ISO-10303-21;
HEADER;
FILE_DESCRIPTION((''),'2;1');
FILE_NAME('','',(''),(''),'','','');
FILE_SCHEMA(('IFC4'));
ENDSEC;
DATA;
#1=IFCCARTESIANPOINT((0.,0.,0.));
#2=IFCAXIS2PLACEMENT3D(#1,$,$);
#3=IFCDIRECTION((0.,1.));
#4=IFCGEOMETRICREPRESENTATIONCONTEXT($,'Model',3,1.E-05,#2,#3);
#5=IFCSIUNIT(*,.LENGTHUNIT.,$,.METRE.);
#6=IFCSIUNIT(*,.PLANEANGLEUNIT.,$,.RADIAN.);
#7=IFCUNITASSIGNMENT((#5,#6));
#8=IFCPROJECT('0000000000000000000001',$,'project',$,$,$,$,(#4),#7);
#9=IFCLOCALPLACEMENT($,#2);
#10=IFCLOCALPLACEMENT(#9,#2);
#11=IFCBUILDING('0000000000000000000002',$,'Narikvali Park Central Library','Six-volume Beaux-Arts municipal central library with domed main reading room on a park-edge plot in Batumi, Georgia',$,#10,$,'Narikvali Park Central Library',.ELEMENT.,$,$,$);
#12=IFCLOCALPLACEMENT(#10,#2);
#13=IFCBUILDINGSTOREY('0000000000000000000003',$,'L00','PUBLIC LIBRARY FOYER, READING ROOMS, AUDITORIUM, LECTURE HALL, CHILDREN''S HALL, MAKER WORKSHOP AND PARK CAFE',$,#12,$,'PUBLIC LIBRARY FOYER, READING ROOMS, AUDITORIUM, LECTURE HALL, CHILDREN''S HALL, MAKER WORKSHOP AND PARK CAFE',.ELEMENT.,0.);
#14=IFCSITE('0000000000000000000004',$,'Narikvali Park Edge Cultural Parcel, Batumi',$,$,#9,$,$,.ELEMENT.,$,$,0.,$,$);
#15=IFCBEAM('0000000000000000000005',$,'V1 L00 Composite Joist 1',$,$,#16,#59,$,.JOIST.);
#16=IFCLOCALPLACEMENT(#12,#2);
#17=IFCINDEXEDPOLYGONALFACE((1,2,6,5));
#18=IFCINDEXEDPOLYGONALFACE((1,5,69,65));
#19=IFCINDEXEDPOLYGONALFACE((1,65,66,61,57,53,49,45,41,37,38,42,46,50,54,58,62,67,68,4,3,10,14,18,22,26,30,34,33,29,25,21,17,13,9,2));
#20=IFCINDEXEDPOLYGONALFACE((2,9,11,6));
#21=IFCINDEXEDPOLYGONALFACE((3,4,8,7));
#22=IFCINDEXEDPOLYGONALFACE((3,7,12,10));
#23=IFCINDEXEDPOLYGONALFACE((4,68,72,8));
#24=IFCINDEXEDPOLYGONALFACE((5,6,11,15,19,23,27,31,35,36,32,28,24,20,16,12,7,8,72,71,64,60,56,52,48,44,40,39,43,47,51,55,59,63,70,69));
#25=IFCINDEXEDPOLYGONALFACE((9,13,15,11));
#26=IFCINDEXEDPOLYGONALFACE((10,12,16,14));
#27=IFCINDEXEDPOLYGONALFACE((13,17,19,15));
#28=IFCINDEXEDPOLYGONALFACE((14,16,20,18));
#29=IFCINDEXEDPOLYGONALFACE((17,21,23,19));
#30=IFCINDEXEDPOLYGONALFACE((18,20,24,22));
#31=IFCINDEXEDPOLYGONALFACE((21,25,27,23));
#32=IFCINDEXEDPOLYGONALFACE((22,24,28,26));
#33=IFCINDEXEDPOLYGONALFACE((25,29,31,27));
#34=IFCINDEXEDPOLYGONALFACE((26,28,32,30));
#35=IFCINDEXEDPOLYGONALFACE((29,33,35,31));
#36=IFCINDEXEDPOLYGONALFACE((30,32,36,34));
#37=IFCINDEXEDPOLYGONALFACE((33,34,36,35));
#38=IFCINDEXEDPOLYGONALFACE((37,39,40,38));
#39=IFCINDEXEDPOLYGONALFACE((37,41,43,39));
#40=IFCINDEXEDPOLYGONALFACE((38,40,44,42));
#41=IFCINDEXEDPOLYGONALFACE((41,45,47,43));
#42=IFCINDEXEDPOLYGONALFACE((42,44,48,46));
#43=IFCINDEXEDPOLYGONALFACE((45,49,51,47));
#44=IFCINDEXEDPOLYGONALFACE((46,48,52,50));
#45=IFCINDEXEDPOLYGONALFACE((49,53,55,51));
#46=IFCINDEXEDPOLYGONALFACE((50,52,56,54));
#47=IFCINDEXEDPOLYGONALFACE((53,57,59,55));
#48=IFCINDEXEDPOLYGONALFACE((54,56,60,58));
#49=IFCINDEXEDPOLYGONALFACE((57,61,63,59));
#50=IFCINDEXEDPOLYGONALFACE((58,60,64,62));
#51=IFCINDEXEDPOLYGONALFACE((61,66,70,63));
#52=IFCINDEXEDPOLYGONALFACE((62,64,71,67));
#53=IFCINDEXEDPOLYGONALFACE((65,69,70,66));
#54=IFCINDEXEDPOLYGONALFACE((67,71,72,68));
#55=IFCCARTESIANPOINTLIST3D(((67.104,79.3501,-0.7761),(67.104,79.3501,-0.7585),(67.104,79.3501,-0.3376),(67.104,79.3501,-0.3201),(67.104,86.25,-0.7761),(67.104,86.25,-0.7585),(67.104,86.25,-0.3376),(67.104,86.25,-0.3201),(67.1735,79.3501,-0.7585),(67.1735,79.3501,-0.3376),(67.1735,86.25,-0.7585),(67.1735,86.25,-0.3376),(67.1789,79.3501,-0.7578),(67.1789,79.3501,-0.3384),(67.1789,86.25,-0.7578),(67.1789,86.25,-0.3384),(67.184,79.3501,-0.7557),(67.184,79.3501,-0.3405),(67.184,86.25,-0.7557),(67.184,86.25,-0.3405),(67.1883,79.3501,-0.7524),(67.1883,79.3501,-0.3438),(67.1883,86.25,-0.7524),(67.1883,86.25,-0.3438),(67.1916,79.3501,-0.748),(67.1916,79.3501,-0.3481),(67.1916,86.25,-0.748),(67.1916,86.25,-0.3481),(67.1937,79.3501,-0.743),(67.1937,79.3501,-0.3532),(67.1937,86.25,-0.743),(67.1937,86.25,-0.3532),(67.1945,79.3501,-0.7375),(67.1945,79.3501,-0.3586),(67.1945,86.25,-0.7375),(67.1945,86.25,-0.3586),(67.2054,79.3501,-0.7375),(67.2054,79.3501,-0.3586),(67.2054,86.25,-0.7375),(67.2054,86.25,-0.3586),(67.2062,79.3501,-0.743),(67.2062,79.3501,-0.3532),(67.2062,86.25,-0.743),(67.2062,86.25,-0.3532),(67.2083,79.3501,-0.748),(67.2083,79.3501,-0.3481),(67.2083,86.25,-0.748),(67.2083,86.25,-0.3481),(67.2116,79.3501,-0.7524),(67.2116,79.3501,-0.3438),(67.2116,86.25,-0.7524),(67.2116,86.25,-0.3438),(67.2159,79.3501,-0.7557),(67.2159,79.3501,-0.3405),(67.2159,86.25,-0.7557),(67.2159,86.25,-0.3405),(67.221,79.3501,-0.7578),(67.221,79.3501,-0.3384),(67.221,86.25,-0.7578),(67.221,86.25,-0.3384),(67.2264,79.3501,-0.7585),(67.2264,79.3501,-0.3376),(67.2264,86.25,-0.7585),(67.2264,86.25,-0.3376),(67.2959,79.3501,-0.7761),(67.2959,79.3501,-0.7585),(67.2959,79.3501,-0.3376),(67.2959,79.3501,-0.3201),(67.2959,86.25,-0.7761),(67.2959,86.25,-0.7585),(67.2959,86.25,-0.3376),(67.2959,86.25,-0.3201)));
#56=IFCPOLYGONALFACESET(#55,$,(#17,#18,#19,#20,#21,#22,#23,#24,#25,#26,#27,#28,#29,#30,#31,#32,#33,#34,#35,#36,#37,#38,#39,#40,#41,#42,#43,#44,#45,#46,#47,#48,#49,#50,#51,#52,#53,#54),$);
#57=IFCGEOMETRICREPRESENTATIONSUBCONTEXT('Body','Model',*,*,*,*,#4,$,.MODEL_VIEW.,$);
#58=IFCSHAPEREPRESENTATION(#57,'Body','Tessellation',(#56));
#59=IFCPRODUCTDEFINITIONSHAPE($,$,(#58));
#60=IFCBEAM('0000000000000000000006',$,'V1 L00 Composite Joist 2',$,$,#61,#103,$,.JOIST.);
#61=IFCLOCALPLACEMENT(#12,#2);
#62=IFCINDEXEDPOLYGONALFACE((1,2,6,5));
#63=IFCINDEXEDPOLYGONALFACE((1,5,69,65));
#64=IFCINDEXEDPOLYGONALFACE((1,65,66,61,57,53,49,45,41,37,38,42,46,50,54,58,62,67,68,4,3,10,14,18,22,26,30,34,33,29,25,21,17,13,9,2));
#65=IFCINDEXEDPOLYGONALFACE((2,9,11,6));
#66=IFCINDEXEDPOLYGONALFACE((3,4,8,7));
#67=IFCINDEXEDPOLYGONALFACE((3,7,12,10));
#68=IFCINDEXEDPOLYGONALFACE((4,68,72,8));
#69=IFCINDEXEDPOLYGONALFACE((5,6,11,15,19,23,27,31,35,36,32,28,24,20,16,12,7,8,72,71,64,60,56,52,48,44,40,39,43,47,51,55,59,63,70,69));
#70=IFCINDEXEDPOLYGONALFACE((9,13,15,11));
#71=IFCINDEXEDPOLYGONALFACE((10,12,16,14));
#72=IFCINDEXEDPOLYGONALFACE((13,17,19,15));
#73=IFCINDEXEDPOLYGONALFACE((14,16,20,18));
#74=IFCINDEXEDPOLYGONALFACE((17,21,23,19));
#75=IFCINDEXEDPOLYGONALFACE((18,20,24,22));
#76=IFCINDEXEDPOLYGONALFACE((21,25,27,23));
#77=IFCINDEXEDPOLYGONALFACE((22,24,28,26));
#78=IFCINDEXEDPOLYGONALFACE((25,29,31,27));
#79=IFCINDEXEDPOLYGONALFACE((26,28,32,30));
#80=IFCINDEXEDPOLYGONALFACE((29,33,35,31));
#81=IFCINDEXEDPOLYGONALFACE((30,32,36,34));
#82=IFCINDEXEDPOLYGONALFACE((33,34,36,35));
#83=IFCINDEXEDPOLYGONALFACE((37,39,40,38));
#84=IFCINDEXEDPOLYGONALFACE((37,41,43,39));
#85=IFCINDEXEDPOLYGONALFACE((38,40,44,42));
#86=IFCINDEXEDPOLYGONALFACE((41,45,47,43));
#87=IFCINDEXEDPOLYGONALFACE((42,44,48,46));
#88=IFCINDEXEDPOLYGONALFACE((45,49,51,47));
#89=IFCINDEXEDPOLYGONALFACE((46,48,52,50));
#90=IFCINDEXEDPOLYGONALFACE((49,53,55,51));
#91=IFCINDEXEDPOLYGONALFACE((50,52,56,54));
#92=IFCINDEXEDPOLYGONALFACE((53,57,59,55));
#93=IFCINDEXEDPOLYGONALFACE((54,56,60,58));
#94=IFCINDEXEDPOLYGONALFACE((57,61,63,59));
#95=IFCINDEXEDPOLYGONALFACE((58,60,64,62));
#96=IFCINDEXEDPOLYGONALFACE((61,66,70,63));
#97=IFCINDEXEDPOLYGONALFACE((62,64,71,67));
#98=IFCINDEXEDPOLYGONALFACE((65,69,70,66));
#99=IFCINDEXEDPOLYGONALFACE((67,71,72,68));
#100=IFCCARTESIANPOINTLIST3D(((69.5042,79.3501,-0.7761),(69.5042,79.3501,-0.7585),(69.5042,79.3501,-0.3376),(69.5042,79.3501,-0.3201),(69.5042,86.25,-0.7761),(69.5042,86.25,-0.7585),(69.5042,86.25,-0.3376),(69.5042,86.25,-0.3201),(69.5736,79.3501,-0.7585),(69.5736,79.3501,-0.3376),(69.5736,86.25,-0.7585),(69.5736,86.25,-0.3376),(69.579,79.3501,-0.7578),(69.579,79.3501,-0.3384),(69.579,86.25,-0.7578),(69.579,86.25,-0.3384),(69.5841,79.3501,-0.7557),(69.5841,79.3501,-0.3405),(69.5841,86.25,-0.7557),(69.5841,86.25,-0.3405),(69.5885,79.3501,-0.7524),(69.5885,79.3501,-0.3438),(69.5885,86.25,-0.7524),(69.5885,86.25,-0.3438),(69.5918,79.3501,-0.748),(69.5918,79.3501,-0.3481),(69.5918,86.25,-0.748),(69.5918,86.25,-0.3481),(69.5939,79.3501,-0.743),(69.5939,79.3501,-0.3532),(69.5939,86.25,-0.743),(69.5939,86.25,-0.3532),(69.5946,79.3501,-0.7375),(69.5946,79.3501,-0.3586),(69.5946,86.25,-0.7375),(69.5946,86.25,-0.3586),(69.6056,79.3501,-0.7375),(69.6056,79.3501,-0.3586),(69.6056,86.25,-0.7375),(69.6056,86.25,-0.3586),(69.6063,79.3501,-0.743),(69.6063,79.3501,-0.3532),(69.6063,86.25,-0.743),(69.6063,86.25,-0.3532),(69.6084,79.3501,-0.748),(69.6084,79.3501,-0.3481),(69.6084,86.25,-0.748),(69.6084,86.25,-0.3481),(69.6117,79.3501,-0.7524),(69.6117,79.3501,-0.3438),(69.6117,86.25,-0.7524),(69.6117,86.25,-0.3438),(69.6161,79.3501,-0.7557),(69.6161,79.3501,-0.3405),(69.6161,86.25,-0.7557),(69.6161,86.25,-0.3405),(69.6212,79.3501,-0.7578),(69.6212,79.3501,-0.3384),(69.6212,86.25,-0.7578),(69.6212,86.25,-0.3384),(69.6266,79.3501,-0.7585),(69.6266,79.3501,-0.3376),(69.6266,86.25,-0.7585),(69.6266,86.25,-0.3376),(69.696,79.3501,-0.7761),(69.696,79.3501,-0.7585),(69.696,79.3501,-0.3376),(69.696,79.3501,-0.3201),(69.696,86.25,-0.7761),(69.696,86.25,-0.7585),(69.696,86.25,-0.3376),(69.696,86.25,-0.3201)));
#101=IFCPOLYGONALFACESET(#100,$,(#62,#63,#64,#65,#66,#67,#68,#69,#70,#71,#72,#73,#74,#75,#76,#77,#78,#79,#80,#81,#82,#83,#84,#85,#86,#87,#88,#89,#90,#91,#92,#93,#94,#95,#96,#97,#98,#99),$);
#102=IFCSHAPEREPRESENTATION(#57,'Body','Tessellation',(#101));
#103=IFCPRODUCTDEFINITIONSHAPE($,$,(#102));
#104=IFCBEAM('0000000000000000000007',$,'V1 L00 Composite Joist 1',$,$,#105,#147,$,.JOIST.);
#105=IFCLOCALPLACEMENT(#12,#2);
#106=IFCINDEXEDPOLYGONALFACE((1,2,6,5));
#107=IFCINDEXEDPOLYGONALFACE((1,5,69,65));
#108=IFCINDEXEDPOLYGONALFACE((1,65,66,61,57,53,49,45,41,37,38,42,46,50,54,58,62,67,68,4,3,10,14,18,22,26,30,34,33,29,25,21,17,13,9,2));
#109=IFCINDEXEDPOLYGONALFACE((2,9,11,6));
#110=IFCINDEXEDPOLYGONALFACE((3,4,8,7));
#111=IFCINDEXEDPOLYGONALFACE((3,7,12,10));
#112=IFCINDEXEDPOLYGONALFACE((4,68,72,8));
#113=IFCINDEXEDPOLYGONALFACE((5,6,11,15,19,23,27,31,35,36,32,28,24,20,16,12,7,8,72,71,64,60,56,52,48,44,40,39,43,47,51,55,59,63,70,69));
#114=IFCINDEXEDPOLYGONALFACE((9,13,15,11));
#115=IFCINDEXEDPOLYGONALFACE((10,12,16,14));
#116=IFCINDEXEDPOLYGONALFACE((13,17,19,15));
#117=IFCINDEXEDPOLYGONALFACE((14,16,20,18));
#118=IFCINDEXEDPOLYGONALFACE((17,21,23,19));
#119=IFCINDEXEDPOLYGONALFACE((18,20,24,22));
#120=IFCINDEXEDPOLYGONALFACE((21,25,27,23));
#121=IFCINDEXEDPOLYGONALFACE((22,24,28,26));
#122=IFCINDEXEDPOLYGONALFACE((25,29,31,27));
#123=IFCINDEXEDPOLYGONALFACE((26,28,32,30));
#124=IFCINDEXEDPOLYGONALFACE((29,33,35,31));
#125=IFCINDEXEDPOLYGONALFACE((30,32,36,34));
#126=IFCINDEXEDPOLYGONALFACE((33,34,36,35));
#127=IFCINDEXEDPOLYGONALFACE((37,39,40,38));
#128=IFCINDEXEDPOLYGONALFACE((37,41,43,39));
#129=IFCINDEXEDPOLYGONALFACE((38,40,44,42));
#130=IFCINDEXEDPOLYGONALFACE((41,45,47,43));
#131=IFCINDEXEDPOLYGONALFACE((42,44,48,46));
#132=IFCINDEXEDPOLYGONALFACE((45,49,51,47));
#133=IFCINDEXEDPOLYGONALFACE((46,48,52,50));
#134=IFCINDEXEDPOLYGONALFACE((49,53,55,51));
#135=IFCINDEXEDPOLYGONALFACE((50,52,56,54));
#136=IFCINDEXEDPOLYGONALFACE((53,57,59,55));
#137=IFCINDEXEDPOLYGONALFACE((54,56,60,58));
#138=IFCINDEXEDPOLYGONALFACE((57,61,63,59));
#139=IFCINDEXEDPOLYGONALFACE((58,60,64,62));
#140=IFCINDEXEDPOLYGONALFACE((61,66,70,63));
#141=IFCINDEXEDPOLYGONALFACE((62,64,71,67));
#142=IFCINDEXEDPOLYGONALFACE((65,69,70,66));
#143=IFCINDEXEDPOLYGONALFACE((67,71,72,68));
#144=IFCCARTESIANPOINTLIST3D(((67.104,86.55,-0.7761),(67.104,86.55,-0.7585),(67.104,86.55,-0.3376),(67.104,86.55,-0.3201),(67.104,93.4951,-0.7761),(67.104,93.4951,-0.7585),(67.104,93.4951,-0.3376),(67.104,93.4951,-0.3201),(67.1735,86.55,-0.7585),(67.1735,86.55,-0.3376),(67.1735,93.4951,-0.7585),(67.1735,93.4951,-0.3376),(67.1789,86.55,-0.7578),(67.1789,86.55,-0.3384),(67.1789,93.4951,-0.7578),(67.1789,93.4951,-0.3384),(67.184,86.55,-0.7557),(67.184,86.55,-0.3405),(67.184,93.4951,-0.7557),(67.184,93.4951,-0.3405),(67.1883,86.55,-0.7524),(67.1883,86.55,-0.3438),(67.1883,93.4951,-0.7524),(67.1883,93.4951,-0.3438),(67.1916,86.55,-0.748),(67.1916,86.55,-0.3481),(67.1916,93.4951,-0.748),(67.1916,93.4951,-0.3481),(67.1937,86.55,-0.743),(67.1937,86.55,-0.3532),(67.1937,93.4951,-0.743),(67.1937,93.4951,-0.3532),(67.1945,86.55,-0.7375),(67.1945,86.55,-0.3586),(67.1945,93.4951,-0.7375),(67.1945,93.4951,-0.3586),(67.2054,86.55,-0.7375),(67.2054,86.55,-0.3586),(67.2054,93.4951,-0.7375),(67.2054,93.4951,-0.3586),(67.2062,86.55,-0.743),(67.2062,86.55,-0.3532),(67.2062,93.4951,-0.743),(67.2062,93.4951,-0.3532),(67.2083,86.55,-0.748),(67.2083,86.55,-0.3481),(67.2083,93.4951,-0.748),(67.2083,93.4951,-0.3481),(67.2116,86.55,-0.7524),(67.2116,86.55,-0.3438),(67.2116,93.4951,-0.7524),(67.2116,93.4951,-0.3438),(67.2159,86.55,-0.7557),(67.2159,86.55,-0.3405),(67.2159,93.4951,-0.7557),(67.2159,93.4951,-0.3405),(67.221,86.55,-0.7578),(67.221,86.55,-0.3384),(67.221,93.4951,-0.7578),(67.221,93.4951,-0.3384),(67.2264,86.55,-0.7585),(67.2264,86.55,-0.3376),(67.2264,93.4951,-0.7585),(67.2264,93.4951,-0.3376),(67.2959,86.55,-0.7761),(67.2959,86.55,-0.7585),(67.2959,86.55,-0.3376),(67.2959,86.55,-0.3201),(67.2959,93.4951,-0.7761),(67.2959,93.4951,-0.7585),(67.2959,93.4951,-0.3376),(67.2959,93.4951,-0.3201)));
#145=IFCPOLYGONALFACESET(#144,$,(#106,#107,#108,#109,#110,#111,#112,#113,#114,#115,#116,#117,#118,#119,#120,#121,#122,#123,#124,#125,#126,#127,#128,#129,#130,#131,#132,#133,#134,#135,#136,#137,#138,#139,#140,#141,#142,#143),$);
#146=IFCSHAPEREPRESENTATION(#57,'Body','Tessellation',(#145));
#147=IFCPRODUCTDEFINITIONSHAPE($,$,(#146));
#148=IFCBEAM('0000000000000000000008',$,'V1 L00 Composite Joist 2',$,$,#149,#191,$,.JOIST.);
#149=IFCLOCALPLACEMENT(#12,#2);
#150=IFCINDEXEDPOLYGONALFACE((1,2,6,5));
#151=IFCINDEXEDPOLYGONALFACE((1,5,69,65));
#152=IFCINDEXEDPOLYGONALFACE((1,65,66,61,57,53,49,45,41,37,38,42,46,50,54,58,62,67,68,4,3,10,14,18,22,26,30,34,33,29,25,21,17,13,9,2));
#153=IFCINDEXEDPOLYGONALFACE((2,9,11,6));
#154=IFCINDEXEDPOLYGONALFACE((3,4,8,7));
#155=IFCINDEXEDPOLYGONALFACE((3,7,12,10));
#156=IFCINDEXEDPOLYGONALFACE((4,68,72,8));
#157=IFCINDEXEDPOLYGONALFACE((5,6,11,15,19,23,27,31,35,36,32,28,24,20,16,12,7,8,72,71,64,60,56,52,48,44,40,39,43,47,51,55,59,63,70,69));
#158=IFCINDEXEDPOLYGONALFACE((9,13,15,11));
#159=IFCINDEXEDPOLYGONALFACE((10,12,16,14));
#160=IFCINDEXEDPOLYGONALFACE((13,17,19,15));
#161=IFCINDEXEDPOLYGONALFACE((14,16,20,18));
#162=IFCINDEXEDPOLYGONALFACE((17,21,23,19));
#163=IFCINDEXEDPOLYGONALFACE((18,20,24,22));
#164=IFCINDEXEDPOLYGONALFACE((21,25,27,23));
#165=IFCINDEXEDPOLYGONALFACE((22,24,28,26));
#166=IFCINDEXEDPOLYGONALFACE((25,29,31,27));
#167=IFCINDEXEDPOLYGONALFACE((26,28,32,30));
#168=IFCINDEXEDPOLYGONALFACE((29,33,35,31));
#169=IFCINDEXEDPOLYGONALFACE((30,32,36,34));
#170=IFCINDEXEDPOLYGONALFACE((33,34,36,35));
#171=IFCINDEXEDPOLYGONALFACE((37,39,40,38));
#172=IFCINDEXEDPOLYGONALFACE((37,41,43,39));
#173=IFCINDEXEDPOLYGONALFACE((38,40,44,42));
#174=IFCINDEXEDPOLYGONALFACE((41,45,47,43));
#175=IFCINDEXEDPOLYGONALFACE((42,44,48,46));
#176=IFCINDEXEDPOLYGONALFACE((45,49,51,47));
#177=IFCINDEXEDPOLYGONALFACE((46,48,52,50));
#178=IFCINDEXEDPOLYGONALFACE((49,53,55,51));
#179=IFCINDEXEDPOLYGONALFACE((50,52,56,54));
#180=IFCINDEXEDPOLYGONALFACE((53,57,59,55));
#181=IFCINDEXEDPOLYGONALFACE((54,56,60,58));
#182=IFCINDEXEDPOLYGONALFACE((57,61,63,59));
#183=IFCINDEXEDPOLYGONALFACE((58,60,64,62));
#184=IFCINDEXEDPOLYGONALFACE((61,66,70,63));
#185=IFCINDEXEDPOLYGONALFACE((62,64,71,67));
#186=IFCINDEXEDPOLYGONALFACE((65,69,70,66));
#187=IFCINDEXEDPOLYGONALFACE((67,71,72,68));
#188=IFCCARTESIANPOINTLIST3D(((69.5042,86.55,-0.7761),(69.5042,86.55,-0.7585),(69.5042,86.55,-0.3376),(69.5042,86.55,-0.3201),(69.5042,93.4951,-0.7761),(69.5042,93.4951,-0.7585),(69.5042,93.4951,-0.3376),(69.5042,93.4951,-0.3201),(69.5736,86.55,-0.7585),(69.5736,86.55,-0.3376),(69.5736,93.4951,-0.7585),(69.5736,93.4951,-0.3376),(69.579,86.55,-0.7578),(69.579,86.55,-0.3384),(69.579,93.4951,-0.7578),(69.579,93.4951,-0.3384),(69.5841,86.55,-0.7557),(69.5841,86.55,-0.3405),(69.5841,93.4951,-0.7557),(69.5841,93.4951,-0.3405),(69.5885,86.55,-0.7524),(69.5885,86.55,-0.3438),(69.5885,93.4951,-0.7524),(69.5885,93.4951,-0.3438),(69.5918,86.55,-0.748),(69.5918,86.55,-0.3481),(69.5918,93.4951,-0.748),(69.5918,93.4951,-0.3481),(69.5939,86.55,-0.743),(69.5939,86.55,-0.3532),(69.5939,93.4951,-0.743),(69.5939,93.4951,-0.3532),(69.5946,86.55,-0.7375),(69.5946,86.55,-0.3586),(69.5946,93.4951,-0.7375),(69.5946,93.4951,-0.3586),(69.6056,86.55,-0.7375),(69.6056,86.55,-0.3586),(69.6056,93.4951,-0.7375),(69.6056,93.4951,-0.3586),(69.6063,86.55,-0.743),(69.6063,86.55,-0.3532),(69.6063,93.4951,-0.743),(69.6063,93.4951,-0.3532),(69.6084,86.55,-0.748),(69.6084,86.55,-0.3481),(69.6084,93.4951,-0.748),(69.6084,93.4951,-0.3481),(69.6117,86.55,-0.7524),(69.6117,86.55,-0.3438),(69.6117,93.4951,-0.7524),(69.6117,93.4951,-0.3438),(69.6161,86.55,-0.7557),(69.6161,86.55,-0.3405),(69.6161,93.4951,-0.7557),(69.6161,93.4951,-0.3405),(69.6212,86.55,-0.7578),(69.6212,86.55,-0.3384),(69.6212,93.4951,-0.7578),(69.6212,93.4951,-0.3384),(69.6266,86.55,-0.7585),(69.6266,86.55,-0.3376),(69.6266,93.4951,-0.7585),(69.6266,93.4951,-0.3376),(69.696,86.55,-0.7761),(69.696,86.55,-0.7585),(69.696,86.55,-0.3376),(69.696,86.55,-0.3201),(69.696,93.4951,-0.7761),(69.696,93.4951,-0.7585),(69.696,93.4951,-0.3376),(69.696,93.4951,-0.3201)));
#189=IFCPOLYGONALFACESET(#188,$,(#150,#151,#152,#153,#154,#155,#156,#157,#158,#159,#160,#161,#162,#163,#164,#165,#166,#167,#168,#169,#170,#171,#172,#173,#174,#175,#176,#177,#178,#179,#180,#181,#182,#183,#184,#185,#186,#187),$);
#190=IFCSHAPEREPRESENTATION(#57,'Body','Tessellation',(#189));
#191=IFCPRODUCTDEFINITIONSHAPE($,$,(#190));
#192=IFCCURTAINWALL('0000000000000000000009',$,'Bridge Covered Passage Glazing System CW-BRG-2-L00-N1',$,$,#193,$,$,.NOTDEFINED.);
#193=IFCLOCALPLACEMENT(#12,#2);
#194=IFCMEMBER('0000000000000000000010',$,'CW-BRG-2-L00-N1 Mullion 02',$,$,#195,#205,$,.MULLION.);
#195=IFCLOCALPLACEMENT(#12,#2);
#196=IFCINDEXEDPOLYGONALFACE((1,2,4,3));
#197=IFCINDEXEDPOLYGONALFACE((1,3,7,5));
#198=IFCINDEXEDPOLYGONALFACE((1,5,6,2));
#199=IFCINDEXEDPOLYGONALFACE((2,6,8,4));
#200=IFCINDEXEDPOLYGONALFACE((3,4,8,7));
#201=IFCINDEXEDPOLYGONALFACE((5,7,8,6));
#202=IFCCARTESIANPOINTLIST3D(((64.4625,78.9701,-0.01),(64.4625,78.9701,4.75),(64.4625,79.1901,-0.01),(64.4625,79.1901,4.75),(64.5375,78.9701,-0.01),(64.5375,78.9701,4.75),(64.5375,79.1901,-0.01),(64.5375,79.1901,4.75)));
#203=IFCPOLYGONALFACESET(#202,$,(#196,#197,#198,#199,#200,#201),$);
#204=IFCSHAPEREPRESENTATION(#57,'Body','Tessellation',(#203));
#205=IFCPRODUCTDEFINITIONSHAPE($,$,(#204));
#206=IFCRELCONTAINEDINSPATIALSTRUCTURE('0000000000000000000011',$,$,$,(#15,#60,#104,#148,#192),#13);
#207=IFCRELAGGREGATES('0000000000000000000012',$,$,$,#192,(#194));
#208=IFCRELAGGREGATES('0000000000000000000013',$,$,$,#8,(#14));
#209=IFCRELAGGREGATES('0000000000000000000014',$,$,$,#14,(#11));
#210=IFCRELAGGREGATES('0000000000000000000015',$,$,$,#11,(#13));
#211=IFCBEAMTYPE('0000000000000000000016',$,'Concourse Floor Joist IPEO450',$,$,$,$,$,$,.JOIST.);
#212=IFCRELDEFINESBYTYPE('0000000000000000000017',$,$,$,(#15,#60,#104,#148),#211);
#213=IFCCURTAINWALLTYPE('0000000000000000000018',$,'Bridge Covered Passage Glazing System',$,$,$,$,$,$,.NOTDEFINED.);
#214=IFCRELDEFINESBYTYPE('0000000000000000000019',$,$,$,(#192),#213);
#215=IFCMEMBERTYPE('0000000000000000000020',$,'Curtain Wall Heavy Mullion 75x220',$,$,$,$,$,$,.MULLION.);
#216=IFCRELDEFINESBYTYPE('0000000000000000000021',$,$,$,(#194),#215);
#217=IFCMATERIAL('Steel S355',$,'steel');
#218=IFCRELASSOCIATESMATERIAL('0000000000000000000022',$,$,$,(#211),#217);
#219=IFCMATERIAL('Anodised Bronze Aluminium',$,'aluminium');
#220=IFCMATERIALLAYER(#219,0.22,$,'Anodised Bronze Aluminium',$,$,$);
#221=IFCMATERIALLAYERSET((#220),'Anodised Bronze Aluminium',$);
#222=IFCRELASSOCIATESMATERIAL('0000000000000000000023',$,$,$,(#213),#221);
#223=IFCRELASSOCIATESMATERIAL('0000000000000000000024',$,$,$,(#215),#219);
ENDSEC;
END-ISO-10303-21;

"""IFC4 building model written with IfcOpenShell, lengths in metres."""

from ifc_helpers import new_model, si_unit, direction, frame, origin, origin_2d, place, context, subcontext, project, spatial, rectangle, i_section, extrude, material, layer, layer_set, material_profile, profile_set, type_object, element, aggregate, save


model = new_model("IFC4")

# Units and contexts
model_context = context("Model", 3, precision=1e-05, world=origin(), true_north=direction((0.0, 1.0)))
body_context = subcontext(model_context, "Body", "Model", "MODEL_VIEW")
ifc_project = project(units=[si_unit("LENGTHUNIT", "METRE"), si_unit("PLANEANGLEUNIT", "RADIAN")], contexts=[model_context])

# Site, building, storey
site_placement = place(None, origin())
site = spatial("IfcSite", under=ifc_project, at=site_placement, Name="Narikvali Park Edge Cultural Parcel, Batumi", CompositionType="ELEMENT", RefElevation=0.0)
building_placement = place(site_placement, origin())
building = spatial("IfcBuilding", under=site, at=building_placement, Name="Narikvali Park Central Library", Description="Six-volume Beaux-Arts municipal central library with domed main reading room on a park-edge plot in Batumi, Georgia", LongName="Narikvali Park Central Library", CompositionType="ELEMENT")
storey_placement = place(building_placement, origin())
storey = spatial("IfcBuildingStorey", under=building, at=storey_placement, Name="L00", Description="PUBLIC LIBRARY FOYER, READING ROOMS, AUDITORIUM, LECTURE HALL, CHILDREN'S HALL, MAKER WORKSHOP AND PARK CAFE", LongName="PUBLIC LIBRARY FOYER, READING ROOMS, AUDITORIUM, LECTURE HALL, CHILDREN'S HALL, MAKER WORKSHOP AND PARK CAFE", CompositionType="ELEMENT", Elevation=0.0)

# Shared definitions
ifc_material_1 = material(Name="Steel S355", Category="steel")

# Beams
ifc_material_profile_1 = material_profile(ifc_material_1, i_section(OverallWidth=0.1919, OverallDepth=0.4561, WebThickness=0.011, FlangeThickness=0.0176, FilletRadius=0.021, at=origin_2d()), Name="IPEO 450")
ifc_profile_set_1 = profile_set([ifc_material_profile_1], Name="Steel S355")
beam_type_1 = type_object("IfcBeamType", Name="Concourse Floor Joist IPEO450", PredefinedType="JOIST", material=ifc_profile_set_1)
for number, where, z_axis, x_axis, name in (
    (1, (67.2, 79.3501, -0.5481), (0.0, 1.0, 0.0), (-1.0, 0.0, 0.0), "V1 L00 Composite Joist 1"),
    (2, (69.6001, 79.3501, -0.5481), (0.0, 1.0, 0.0), (-1.0, 0.0, 0.0), "V1 L00 Composite Joist 2"),
):
    element("IfcBeam", number, at=place(storey_placement, frame(where, z_axis=z_axis, x_axis=x_axis)), inside=storey, type_object=beam_type_1, Name=name, PredefinedType="JOIST", context=body_context, shape_type="SweptSolid", body=[
        extrude(i_section(OverallWidth=0.1919, OverallDepth=0.4561, WebThickness=0.011, FlangeThickness=0.0176, FilletRadius=0.021, at=origin_2d()), origin(), (0.0, 0.0, 1.0), 6.8999),
    ])
for number, where, z_axis, x_axis, name in (
    (3, (67.2, 86.55, -0.5481), (0.0, 1.0, 0.0), (-1.0, 0.0, 0.0), "V1 L00 Composite Joist 1"),
    (4, (69.6001, 86.55, -0.5481), (0.0, 1.0, 0.0), (-1.0, 0.0, 0.0), "V1 L00 Composite Joist 2"),
):
    element("IfcBeam", number, at=place(storey_placement, frame(where, z_axis=z_axis, x_axis=x_axis)), inside=storey, type_object=beam_type_1, Name=name, PredefinedType="JOIST", context=body_context, shape_type="SweptSolid", body=[
        extrude(i_section(OverallWidth=0.1919, OverallDepth=0.4561, WebThickness=0.011, FlangeThickness=0.0176, FilletRadius=0.021, at=origin_2d()), origin(), (0.0, 0.0, 1.0), 6.9451),
    ])

# Curtain wall, member
ifc_material_2 = material(Name="Anodised Bronze Aluminium", Category="aluminium")
ifc_layer_1 = layer(ifc_material_2, 0.22, Name="Anodised Bronze Aluminium")
ifc_layer_set_1 = layer_set([ifc_layer_1], Name="Anodised Bronze Aluminium")
curtain_wall_type = type_object("IfcCurtainWallType", Name="Bridge Covered Passage Glazing System", PredefinedType="NOTDEFINED", material=ifc_layer_set_1)
curtain_wall_placement = place(storey_placement, origin())
curtain_wall = element("IfcCurtainWall", 5, at=curtain_wall_placement, inside=storey, type_object=curtain_wall_type, Name="Bridge Covered Passage Glazing System CW-BRG-2-L00-N1", PredefinedType="NOTDEFINED")
ifc_material_profile_2 = material_profile(ifc_material_2, rectangle(XDim=0.075, YDim=0.22, at=origin_2d()), Name="CW MULLION 75x220")
ifc_profile_set_2 = profile_set([ifc_material_profile_2], Name="Anodised Bronze Aluminium")
member_type = type_object("IfcMemberType", Name="Curtain Wall Heavy Mullion 75x220", PredefinedType="MULLION", material=ifc_profile_set_2)
member_placement = place(storey_placement, frame((64.5, 79.0801, -0.01), z_axis=(0.0, 0.0, 1.0), x_axis=(1.0, 0.0, 0.0)))
member = element("IfcMember", 6, at=member_placement, type_object=member_type, Name="CW-BRG-2-L00-N1 Mullion 02", PredefinedType="MULLION", context=body_context, shape_type="SweptSolid", body=[
    extrude(rectangle(XDim=0.075, YDim=0.22, at=origin_2d()), origin(), (0.0, 0.0, 1.0), 4.76),
])
aggregate(curtain_wall, [member])

save(model, "model.ifc")
